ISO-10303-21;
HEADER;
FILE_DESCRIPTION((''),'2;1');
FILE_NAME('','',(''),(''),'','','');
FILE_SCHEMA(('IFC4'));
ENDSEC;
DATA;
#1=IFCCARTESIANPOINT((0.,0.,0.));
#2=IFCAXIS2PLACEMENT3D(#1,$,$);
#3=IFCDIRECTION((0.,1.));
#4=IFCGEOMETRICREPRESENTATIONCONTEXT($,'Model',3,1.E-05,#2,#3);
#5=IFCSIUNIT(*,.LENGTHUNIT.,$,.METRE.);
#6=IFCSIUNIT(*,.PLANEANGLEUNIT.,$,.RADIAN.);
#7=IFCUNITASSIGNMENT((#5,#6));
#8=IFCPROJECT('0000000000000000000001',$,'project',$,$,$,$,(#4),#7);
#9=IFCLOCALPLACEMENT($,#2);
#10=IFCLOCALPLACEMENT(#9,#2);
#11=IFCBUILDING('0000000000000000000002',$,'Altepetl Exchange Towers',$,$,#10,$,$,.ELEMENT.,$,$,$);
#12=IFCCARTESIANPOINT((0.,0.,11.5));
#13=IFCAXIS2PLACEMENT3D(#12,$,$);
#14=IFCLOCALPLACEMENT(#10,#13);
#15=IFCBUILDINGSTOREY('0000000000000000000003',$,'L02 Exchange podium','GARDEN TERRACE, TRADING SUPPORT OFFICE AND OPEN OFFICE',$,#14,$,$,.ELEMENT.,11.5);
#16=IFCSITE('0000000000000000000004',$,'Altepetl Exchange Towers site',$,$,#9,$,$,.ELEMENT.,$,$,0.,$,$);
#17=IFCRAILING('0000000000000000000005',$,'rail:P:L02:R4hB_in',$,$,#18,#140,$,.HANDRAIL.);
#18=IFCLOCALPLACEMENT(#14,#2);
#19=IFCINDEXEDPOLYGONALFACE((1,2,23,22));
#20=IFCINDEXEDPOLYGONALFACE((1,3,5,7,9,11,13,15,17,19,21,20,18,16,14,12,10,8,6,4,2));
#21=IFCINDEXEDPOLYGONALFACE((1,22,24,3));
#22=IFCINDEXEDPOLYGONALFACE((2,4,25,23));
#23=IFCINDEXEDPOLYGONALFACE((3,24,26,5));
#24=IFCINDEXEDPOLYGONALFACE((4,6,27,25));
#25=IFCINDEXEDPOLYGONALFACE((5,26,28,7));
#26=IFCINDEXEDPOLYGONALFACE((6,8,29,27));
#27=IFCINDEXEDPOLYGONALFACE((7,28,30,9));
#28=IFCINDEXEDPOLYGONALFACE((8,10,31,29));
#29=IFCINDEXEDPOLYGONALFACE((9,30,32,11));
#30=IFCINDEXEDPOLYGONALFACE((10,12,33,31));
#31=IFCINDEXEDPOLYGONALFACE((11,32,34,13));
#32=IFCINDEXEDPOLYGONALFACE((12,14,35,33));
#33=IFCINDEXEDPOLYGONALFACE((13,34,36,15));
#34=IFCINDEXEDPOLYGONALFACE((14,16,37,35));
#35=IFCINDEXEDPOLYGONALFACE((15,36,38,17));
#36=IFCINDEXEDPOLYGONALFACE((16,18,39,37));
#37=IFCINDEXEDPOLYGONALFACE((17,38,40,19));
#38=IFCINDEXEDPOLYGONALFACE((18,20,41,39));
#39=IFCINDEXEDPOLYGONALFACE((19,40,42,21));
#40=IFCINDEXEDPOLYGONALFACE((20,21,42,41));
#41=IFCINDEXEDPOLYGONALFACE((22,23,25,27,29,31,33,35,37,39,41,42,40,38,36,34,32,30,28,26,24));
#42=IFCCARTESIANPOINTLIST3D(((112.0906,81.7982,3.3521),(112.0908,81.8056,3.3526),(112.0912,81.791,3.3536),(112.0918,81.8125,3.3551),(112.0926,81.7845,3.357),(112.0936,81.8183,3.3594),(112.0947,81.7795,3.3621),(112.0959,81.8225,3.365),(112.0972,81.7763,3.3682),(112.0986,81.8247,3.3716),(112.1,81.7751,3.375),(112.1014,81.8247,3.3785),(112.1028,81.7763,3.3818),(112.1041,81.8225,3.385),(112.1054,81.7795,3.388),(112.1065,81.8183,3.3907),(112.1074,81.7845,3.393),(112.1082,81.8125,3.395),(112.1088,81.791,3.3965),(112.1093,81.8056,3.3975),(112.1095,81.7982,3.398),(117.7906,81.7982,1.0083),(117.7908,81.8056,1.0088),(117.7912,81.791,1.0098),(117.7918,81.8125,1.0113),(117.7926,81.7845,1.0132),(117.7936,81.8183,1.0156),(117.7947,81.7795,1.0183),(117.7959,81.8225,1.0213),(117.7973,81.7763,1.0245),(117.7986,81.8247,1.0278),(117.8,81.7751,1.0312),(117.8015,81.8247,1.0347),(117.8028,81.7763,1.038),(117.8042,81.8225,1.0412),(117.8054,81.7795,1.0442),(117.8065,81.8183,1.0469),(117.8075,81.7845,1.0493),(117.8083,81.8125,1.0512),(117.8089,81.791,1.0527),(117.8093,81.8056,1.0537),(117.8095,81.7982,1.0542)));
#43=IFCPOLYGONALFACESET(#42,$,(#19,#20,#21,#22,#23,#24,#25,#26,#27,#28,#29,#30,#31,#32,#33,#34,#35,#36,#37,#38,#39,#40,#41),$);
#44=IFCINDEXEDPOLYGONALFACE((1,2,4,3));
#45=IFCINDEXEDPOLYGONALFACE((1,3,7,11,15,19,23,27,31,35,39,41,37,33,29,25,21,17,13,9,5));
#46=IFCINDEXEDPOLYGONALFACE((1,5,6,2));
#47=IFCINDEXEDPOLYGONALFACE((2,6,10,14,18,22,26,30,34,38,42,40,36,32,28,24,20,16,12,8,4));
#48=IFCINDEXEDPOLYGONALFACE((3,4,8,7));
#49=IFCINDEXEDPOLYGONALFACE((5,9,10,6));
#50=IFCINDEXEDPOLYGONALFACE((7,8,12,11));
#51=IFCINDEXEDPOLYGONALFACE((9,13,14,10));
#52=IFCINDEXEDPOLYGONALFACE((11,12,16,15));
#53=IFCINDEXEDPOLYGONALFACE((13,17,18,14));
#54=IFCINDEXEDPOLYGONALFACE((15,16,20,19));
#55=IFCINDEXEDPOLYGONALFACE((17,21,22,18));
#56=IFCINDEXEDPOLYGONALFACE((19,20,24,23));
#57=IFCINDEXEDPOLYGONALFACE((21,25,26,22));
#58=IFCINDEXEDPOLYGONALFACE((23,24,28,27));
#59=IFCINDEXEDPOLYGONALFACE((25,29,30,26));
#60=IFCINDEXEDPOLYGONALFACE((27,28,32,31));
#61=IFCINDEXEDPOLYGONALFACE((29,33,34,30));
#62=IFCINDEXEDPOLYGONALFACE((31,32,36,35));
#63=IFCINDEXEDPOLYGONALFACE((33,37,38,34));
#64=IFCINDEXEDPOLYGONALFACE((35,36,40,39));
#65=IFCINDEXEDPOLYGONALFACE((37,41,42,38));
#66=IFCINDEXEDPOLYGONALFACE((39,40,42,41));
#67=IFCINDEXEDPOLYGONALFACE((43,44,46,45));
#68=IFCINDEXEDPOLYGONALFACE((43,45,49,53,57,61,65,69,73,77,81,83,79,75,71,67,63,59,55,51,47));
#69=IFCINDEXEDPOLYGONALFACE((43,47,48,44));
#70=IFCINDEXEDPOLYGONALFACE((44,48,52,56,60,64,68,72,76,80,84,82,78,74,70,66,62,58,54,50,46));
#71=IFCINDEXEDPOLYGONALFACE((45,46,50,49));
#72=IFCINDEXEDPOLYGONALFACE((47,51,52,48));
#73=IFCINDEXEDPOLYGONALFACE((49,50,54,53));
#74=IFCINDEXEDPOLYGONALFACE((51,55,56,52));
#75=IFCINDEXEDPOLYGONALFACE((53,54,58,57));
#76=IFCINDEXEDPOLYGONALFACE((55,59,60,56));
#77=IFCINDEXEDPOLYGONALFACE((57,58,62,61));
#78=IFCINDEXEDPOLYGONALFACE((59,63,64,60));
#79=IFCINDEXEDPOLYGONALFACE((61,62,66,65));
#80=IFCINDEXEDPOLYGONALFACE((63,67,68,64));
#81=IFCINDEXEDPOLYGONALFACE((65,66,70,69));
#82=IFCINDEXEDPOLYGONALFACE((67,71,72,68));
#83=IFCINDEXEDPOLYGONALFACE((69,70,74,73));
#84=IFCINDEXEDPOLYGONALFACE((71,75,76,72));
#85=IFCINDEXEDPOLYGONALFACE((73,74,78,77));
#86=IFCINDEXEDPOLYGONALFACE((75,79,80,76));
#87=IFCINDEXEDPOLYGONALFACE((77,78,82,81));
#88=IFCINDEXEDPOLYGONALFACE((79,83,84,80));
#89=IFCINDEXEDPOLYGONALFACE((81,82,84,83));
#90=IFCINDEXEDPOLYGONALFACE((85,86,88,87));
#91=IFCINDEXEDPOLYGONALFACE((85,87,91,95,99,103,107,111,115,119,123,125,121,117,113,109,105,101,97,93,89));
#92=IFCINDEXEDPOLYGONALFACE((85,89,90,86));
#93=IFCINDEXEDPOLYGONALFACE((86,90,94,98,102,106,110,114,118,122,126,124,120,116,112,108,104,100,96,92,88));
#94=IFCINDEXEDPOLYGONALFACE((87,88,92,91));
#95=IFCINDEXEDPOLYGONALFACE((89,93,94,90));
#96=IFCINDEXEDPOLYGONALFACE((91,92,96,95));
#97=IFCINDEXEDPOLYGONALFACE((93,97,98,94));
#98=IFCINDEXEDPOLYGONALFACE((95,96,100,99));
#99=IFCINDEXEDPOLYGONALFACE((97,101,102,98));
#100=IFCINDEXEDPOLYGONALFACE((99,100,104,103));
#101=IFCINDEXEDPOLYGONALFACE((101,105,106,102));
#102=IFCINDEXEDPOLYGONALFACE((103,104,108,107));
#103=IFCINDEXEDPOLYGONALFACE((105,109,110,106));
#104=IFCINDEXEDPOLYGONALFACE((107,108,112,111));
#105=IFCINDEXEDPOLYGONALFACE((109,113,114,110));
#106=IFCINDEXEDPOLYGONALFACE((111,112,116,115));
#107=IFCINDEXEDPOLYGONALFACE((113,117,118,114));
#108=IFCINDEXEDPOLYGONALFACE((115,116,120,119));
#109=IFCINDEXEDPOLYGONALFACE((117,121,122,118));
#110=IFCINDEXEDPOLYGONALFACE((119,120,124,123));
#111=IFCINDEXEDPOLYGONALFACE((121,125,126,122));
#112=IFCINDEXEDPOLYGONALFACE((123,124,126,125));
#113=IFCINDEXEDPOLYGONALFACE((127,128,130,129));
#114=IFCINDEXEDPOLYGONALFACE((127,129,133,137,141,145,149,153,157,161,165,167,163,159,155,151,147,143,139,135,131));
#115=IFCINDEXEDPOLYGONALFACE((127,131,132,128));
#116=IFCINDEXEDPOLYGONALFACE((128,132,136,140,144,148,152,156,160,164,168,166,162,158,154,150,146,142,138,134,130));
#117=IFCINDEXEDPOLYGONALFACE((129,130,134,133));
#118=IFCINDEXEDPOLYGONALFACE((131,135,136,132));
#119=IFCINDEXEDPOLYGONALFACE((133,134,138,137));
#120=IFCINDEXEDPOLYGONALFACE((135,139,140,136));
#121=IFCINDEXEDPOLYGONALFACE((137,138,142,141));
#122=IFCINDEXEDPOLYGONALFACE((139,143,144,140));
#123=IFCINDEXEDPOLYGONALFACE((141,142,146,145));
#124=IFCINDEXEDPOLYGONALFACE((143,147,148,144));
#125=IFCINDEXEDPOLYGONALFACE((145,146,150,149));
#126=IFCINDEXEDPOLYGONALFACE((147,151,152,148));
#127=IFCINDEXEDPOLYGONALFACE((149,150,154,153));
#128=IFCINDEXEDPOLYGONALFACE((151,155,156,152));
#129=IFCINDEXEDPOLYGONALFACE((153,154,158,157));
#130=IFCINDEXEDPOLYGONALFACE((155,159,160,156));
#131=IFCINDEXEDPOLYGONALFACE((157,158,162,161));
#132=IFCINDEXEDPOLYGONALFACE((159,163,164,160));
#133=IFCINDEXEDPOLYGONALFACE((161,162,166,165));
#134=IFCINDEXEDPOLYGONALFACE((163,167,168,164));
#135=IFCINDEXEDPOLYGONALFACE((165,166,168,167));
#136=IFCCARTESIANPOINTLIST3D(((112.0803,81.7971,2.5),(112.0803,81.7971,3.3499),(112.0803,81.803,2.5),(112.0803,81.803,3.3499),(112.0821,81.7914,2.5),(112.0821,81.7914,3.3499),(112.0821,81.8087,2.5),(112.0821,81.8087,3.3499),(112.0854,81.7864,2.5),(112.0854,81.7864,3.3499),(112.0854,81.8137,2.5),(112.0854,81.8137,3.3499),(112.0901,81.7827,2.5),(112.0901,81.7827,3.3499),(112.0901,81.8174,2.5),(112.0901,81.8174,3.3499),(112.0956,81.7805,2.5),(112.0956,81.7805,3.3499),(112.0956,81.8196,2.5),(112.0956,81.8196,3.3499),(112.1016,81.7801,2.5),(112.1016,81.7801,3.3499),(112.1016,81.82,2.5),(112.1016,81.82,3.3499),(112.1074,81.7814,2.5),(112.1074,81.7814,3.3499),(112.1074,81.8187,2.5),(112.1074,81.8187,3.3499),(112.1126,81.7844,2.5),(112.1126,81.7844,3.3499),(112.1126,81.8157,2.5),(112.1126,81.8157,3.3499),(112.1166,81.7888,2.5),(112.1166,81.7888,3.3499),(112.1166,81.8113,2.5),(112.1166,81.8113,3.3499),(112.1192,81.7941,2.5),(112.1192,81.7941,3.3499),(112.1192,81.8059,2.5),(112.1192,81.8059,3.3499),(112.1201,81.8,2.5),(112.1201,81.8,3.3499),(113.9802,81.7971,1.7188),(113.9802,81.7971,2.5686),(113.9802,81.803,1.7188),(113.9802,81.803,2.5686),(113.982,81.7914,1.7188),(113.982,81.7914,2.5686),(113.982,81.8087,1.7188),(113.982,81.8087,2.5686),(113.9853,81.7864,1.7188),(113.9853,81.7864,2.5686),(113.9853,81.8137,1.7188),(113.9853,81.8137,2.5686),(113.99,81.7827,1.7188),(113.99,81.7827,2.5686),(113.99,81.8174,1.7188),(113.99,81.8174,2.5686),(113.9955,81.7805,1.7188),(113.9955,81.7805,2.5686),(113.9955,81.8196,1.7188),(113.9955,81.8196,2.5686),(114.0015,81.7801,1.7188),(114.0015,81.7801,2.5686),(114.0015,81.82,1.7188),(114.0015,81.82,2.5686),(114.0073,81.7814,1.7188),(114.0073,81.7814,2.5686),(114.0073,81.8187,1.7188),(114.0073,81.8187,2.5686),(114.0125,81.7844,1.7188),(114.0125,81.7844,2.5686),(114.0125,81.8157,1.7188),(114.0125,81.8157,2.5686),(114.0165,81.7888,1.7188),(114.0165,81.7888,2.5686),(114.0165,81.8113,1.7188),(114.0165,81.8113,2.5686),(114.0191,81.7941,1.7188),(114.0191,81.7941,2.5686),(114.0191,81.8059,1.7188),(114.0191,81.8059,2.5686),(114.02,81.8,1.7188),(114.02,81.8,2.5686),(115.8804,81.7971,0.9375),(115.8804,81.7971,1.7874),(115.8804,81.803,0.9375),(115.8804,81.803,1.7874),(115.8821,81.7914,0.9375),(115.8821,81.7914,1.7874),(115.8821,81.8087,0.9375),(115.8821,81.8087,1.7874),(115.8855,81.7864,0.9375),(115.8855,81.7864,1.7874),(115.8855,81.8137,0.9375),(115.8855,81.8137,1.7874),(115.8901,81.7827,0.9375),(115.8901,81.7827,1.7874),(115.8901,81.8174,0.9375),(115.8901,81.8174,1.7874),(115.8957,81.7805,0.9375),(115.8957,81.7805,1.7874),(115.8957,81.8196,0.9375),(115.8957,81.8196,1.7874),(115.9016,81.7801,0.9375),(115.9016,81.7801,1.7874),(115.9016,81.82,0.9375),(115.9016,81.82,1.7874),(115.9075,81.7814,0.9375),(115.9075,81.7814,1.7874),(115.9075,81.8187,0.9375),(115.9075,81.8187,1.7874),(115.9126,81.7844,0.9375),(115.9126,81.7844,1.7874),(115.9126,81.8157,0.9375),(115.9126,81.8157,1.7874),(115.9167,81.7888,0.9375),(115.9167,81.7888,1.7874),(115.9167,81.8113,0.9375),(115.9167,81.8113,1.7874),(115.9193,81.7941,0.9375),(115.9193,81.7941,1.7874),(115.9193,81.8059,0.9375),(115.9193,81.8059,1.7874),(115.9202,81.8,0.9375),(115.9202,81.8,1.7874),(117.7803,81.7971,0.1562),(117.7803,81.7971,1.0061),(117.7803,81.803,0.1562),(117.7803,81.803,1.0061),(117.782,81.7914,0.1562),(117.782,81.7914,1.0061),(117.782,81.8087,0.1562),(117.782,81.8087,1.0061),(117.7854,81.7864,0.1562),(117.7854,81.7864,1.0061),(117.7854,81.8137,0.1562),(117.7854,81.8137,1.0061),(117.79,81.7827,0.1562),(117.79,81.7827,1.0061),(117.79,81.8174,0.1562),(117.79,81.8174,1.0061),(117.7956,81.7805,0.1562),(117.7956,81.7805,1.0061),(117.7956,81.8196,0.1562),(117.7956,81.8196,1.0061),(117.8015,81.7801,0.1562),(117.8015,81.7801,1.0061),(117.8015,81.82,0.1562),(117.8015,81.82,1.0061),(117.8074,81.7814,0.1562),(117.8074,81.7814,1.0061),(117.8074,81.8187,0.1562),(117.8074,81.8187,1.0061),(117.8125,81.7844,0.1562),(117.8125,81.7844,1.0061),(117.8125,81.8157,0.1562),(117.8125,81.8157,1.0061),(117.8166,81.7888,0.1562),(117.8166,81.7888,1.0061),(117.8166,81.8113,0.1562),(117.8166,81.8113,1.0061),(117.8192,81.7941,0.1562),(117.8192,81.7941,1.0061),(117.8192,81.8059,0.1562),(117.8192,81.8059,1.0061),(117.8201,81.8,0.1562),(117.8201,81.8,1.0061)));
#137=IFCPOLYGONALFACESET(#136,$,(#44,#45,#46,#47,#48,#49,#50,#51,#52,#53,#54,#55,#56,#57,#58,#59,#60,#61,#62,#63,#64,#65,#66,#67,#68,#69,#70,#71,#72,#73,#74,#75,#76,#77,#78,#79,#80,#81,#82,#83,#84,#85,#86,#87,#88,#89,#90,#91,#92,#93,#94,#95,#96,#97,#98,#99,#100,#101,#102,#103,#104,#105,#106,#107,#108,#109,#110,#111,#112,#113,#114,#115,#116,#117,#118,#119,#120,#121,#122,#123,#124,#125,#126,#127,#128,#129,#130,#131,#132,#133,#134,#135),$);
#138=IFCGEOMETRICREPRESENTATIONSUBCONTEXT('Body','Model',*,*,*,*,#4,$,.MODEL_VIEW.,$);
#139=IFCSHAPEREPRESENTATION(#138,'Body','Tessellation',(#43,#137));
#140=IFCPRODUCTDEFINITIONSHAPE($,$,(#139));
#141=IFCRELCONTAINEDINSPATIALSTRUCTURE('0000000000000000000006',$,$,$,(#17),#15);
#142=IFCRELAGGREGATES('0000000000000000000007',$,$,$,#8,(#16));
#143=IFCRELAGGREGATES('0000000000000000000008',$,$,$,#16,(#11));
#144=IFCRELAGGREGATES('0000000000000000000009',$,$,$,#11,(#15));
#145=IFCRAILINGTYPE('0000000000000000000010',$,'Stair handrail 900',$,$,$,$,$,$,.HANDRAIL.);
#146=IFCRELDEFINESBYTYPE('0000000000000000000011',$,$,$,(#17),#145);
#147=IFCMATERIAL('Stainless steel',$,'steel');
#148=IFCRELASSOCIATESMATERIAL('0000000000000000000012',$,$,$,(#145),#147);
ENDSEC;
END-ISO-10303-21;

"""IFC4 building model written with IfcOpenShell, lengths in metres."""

from ifc_helpers import new_model, si_unit, direction, frame, origin, origin_2d, place, context, subcontext, project, spatial, circle, extrude, source, transform, mapped, material, type_object, element, save


model = new_model("IFC4")

# Units and contexts
model_context = context("Model", 3, precision=1e-05, world=origin(), true_north=direction((0.0, 1.0)))
body_context = subcontext(model_context, "Body", "Model", "MODEL_VIEW")
ifc_project = project(units=[si_unit("LENGTHUNIT", "METRE"), si_unit("PLANEANGLEUNIT", "RADIAN")], contexts=[model_context])

# Site, building, storey
site_placement = place(None, origin())
site = spatial("IfcSite", under=ifc_project, at=site_placement, Name="Altepetl Exchange Towers site", CompositionType="ELEMENT", RefElevation=0.0)
building_placement = place(site_placement, origin())
building = spatial("IfcBuilding", under=site, at=building_placement, Name="Altepetl Exchange Towers", CompositionType="ELEMENT")
storey_placement = place(building_placement, frame((0.0, 0.0, 11.5)))
storey = spatial("IfcBuildingStorey", under=building, at=storey_placement, Name="L02 Exchange podium", Description="GARDEN TERRACE, TRADING SUPPORT OFFICE AND OPEN OFFICE", CompositionType="ELEMENT", Elevation=11.5)

# Railing
ifc_material_1 = material(Name="Stainless steel", Category="steel")
railing_type_1 = type_object("IfcRailingType", Name="Stair handrail 900", PredefinedType="HANDRAIL", material=ifc_material_1)
shared_shape_1 = source(origin(), body_context, "Body", "SweptSolid", [
    extrude(circle(Radius=0.02, at=origin_2d()), origin(), (0.0, 0.0, 1.0), 0.8499),
])
for number, where, name in (
    (1, (117.8, 81.8, 0.1562), "rail:P:L02:R4hB_in"),
):
    element("IfcRailing", number, at=place(storey_placement, frame(where)), inside=storey, type_object=railing_type_1, Name=name, PredefinedType="HANDRAIL", context=body_context, shape_type="SweptSolid", body=[
        extrude(circle(Radius=0.0249, at=origin_2d()), frame((0.0, 0.0, 0.875), z_axis=(-0.924866, 0.0, 0.380293), x_axis=(0.0, -1.0, 0.0)), (0.0, 0.0, 1.0), 6.1631),
        mapped(shared_shape_1, transform((0.0, 0.0, 0.0))),
        mapped(shared_shape_1, transform((-1.8999, 0.0, 0.7812))),
        mapped(shared_shape_1, transform((-3.8, 0.0, 1.5625))),
        mapped(shared_shape_1, transform((-5.7, 0.0, 2.3438))),
    ])

save(model, "model.ifc")
